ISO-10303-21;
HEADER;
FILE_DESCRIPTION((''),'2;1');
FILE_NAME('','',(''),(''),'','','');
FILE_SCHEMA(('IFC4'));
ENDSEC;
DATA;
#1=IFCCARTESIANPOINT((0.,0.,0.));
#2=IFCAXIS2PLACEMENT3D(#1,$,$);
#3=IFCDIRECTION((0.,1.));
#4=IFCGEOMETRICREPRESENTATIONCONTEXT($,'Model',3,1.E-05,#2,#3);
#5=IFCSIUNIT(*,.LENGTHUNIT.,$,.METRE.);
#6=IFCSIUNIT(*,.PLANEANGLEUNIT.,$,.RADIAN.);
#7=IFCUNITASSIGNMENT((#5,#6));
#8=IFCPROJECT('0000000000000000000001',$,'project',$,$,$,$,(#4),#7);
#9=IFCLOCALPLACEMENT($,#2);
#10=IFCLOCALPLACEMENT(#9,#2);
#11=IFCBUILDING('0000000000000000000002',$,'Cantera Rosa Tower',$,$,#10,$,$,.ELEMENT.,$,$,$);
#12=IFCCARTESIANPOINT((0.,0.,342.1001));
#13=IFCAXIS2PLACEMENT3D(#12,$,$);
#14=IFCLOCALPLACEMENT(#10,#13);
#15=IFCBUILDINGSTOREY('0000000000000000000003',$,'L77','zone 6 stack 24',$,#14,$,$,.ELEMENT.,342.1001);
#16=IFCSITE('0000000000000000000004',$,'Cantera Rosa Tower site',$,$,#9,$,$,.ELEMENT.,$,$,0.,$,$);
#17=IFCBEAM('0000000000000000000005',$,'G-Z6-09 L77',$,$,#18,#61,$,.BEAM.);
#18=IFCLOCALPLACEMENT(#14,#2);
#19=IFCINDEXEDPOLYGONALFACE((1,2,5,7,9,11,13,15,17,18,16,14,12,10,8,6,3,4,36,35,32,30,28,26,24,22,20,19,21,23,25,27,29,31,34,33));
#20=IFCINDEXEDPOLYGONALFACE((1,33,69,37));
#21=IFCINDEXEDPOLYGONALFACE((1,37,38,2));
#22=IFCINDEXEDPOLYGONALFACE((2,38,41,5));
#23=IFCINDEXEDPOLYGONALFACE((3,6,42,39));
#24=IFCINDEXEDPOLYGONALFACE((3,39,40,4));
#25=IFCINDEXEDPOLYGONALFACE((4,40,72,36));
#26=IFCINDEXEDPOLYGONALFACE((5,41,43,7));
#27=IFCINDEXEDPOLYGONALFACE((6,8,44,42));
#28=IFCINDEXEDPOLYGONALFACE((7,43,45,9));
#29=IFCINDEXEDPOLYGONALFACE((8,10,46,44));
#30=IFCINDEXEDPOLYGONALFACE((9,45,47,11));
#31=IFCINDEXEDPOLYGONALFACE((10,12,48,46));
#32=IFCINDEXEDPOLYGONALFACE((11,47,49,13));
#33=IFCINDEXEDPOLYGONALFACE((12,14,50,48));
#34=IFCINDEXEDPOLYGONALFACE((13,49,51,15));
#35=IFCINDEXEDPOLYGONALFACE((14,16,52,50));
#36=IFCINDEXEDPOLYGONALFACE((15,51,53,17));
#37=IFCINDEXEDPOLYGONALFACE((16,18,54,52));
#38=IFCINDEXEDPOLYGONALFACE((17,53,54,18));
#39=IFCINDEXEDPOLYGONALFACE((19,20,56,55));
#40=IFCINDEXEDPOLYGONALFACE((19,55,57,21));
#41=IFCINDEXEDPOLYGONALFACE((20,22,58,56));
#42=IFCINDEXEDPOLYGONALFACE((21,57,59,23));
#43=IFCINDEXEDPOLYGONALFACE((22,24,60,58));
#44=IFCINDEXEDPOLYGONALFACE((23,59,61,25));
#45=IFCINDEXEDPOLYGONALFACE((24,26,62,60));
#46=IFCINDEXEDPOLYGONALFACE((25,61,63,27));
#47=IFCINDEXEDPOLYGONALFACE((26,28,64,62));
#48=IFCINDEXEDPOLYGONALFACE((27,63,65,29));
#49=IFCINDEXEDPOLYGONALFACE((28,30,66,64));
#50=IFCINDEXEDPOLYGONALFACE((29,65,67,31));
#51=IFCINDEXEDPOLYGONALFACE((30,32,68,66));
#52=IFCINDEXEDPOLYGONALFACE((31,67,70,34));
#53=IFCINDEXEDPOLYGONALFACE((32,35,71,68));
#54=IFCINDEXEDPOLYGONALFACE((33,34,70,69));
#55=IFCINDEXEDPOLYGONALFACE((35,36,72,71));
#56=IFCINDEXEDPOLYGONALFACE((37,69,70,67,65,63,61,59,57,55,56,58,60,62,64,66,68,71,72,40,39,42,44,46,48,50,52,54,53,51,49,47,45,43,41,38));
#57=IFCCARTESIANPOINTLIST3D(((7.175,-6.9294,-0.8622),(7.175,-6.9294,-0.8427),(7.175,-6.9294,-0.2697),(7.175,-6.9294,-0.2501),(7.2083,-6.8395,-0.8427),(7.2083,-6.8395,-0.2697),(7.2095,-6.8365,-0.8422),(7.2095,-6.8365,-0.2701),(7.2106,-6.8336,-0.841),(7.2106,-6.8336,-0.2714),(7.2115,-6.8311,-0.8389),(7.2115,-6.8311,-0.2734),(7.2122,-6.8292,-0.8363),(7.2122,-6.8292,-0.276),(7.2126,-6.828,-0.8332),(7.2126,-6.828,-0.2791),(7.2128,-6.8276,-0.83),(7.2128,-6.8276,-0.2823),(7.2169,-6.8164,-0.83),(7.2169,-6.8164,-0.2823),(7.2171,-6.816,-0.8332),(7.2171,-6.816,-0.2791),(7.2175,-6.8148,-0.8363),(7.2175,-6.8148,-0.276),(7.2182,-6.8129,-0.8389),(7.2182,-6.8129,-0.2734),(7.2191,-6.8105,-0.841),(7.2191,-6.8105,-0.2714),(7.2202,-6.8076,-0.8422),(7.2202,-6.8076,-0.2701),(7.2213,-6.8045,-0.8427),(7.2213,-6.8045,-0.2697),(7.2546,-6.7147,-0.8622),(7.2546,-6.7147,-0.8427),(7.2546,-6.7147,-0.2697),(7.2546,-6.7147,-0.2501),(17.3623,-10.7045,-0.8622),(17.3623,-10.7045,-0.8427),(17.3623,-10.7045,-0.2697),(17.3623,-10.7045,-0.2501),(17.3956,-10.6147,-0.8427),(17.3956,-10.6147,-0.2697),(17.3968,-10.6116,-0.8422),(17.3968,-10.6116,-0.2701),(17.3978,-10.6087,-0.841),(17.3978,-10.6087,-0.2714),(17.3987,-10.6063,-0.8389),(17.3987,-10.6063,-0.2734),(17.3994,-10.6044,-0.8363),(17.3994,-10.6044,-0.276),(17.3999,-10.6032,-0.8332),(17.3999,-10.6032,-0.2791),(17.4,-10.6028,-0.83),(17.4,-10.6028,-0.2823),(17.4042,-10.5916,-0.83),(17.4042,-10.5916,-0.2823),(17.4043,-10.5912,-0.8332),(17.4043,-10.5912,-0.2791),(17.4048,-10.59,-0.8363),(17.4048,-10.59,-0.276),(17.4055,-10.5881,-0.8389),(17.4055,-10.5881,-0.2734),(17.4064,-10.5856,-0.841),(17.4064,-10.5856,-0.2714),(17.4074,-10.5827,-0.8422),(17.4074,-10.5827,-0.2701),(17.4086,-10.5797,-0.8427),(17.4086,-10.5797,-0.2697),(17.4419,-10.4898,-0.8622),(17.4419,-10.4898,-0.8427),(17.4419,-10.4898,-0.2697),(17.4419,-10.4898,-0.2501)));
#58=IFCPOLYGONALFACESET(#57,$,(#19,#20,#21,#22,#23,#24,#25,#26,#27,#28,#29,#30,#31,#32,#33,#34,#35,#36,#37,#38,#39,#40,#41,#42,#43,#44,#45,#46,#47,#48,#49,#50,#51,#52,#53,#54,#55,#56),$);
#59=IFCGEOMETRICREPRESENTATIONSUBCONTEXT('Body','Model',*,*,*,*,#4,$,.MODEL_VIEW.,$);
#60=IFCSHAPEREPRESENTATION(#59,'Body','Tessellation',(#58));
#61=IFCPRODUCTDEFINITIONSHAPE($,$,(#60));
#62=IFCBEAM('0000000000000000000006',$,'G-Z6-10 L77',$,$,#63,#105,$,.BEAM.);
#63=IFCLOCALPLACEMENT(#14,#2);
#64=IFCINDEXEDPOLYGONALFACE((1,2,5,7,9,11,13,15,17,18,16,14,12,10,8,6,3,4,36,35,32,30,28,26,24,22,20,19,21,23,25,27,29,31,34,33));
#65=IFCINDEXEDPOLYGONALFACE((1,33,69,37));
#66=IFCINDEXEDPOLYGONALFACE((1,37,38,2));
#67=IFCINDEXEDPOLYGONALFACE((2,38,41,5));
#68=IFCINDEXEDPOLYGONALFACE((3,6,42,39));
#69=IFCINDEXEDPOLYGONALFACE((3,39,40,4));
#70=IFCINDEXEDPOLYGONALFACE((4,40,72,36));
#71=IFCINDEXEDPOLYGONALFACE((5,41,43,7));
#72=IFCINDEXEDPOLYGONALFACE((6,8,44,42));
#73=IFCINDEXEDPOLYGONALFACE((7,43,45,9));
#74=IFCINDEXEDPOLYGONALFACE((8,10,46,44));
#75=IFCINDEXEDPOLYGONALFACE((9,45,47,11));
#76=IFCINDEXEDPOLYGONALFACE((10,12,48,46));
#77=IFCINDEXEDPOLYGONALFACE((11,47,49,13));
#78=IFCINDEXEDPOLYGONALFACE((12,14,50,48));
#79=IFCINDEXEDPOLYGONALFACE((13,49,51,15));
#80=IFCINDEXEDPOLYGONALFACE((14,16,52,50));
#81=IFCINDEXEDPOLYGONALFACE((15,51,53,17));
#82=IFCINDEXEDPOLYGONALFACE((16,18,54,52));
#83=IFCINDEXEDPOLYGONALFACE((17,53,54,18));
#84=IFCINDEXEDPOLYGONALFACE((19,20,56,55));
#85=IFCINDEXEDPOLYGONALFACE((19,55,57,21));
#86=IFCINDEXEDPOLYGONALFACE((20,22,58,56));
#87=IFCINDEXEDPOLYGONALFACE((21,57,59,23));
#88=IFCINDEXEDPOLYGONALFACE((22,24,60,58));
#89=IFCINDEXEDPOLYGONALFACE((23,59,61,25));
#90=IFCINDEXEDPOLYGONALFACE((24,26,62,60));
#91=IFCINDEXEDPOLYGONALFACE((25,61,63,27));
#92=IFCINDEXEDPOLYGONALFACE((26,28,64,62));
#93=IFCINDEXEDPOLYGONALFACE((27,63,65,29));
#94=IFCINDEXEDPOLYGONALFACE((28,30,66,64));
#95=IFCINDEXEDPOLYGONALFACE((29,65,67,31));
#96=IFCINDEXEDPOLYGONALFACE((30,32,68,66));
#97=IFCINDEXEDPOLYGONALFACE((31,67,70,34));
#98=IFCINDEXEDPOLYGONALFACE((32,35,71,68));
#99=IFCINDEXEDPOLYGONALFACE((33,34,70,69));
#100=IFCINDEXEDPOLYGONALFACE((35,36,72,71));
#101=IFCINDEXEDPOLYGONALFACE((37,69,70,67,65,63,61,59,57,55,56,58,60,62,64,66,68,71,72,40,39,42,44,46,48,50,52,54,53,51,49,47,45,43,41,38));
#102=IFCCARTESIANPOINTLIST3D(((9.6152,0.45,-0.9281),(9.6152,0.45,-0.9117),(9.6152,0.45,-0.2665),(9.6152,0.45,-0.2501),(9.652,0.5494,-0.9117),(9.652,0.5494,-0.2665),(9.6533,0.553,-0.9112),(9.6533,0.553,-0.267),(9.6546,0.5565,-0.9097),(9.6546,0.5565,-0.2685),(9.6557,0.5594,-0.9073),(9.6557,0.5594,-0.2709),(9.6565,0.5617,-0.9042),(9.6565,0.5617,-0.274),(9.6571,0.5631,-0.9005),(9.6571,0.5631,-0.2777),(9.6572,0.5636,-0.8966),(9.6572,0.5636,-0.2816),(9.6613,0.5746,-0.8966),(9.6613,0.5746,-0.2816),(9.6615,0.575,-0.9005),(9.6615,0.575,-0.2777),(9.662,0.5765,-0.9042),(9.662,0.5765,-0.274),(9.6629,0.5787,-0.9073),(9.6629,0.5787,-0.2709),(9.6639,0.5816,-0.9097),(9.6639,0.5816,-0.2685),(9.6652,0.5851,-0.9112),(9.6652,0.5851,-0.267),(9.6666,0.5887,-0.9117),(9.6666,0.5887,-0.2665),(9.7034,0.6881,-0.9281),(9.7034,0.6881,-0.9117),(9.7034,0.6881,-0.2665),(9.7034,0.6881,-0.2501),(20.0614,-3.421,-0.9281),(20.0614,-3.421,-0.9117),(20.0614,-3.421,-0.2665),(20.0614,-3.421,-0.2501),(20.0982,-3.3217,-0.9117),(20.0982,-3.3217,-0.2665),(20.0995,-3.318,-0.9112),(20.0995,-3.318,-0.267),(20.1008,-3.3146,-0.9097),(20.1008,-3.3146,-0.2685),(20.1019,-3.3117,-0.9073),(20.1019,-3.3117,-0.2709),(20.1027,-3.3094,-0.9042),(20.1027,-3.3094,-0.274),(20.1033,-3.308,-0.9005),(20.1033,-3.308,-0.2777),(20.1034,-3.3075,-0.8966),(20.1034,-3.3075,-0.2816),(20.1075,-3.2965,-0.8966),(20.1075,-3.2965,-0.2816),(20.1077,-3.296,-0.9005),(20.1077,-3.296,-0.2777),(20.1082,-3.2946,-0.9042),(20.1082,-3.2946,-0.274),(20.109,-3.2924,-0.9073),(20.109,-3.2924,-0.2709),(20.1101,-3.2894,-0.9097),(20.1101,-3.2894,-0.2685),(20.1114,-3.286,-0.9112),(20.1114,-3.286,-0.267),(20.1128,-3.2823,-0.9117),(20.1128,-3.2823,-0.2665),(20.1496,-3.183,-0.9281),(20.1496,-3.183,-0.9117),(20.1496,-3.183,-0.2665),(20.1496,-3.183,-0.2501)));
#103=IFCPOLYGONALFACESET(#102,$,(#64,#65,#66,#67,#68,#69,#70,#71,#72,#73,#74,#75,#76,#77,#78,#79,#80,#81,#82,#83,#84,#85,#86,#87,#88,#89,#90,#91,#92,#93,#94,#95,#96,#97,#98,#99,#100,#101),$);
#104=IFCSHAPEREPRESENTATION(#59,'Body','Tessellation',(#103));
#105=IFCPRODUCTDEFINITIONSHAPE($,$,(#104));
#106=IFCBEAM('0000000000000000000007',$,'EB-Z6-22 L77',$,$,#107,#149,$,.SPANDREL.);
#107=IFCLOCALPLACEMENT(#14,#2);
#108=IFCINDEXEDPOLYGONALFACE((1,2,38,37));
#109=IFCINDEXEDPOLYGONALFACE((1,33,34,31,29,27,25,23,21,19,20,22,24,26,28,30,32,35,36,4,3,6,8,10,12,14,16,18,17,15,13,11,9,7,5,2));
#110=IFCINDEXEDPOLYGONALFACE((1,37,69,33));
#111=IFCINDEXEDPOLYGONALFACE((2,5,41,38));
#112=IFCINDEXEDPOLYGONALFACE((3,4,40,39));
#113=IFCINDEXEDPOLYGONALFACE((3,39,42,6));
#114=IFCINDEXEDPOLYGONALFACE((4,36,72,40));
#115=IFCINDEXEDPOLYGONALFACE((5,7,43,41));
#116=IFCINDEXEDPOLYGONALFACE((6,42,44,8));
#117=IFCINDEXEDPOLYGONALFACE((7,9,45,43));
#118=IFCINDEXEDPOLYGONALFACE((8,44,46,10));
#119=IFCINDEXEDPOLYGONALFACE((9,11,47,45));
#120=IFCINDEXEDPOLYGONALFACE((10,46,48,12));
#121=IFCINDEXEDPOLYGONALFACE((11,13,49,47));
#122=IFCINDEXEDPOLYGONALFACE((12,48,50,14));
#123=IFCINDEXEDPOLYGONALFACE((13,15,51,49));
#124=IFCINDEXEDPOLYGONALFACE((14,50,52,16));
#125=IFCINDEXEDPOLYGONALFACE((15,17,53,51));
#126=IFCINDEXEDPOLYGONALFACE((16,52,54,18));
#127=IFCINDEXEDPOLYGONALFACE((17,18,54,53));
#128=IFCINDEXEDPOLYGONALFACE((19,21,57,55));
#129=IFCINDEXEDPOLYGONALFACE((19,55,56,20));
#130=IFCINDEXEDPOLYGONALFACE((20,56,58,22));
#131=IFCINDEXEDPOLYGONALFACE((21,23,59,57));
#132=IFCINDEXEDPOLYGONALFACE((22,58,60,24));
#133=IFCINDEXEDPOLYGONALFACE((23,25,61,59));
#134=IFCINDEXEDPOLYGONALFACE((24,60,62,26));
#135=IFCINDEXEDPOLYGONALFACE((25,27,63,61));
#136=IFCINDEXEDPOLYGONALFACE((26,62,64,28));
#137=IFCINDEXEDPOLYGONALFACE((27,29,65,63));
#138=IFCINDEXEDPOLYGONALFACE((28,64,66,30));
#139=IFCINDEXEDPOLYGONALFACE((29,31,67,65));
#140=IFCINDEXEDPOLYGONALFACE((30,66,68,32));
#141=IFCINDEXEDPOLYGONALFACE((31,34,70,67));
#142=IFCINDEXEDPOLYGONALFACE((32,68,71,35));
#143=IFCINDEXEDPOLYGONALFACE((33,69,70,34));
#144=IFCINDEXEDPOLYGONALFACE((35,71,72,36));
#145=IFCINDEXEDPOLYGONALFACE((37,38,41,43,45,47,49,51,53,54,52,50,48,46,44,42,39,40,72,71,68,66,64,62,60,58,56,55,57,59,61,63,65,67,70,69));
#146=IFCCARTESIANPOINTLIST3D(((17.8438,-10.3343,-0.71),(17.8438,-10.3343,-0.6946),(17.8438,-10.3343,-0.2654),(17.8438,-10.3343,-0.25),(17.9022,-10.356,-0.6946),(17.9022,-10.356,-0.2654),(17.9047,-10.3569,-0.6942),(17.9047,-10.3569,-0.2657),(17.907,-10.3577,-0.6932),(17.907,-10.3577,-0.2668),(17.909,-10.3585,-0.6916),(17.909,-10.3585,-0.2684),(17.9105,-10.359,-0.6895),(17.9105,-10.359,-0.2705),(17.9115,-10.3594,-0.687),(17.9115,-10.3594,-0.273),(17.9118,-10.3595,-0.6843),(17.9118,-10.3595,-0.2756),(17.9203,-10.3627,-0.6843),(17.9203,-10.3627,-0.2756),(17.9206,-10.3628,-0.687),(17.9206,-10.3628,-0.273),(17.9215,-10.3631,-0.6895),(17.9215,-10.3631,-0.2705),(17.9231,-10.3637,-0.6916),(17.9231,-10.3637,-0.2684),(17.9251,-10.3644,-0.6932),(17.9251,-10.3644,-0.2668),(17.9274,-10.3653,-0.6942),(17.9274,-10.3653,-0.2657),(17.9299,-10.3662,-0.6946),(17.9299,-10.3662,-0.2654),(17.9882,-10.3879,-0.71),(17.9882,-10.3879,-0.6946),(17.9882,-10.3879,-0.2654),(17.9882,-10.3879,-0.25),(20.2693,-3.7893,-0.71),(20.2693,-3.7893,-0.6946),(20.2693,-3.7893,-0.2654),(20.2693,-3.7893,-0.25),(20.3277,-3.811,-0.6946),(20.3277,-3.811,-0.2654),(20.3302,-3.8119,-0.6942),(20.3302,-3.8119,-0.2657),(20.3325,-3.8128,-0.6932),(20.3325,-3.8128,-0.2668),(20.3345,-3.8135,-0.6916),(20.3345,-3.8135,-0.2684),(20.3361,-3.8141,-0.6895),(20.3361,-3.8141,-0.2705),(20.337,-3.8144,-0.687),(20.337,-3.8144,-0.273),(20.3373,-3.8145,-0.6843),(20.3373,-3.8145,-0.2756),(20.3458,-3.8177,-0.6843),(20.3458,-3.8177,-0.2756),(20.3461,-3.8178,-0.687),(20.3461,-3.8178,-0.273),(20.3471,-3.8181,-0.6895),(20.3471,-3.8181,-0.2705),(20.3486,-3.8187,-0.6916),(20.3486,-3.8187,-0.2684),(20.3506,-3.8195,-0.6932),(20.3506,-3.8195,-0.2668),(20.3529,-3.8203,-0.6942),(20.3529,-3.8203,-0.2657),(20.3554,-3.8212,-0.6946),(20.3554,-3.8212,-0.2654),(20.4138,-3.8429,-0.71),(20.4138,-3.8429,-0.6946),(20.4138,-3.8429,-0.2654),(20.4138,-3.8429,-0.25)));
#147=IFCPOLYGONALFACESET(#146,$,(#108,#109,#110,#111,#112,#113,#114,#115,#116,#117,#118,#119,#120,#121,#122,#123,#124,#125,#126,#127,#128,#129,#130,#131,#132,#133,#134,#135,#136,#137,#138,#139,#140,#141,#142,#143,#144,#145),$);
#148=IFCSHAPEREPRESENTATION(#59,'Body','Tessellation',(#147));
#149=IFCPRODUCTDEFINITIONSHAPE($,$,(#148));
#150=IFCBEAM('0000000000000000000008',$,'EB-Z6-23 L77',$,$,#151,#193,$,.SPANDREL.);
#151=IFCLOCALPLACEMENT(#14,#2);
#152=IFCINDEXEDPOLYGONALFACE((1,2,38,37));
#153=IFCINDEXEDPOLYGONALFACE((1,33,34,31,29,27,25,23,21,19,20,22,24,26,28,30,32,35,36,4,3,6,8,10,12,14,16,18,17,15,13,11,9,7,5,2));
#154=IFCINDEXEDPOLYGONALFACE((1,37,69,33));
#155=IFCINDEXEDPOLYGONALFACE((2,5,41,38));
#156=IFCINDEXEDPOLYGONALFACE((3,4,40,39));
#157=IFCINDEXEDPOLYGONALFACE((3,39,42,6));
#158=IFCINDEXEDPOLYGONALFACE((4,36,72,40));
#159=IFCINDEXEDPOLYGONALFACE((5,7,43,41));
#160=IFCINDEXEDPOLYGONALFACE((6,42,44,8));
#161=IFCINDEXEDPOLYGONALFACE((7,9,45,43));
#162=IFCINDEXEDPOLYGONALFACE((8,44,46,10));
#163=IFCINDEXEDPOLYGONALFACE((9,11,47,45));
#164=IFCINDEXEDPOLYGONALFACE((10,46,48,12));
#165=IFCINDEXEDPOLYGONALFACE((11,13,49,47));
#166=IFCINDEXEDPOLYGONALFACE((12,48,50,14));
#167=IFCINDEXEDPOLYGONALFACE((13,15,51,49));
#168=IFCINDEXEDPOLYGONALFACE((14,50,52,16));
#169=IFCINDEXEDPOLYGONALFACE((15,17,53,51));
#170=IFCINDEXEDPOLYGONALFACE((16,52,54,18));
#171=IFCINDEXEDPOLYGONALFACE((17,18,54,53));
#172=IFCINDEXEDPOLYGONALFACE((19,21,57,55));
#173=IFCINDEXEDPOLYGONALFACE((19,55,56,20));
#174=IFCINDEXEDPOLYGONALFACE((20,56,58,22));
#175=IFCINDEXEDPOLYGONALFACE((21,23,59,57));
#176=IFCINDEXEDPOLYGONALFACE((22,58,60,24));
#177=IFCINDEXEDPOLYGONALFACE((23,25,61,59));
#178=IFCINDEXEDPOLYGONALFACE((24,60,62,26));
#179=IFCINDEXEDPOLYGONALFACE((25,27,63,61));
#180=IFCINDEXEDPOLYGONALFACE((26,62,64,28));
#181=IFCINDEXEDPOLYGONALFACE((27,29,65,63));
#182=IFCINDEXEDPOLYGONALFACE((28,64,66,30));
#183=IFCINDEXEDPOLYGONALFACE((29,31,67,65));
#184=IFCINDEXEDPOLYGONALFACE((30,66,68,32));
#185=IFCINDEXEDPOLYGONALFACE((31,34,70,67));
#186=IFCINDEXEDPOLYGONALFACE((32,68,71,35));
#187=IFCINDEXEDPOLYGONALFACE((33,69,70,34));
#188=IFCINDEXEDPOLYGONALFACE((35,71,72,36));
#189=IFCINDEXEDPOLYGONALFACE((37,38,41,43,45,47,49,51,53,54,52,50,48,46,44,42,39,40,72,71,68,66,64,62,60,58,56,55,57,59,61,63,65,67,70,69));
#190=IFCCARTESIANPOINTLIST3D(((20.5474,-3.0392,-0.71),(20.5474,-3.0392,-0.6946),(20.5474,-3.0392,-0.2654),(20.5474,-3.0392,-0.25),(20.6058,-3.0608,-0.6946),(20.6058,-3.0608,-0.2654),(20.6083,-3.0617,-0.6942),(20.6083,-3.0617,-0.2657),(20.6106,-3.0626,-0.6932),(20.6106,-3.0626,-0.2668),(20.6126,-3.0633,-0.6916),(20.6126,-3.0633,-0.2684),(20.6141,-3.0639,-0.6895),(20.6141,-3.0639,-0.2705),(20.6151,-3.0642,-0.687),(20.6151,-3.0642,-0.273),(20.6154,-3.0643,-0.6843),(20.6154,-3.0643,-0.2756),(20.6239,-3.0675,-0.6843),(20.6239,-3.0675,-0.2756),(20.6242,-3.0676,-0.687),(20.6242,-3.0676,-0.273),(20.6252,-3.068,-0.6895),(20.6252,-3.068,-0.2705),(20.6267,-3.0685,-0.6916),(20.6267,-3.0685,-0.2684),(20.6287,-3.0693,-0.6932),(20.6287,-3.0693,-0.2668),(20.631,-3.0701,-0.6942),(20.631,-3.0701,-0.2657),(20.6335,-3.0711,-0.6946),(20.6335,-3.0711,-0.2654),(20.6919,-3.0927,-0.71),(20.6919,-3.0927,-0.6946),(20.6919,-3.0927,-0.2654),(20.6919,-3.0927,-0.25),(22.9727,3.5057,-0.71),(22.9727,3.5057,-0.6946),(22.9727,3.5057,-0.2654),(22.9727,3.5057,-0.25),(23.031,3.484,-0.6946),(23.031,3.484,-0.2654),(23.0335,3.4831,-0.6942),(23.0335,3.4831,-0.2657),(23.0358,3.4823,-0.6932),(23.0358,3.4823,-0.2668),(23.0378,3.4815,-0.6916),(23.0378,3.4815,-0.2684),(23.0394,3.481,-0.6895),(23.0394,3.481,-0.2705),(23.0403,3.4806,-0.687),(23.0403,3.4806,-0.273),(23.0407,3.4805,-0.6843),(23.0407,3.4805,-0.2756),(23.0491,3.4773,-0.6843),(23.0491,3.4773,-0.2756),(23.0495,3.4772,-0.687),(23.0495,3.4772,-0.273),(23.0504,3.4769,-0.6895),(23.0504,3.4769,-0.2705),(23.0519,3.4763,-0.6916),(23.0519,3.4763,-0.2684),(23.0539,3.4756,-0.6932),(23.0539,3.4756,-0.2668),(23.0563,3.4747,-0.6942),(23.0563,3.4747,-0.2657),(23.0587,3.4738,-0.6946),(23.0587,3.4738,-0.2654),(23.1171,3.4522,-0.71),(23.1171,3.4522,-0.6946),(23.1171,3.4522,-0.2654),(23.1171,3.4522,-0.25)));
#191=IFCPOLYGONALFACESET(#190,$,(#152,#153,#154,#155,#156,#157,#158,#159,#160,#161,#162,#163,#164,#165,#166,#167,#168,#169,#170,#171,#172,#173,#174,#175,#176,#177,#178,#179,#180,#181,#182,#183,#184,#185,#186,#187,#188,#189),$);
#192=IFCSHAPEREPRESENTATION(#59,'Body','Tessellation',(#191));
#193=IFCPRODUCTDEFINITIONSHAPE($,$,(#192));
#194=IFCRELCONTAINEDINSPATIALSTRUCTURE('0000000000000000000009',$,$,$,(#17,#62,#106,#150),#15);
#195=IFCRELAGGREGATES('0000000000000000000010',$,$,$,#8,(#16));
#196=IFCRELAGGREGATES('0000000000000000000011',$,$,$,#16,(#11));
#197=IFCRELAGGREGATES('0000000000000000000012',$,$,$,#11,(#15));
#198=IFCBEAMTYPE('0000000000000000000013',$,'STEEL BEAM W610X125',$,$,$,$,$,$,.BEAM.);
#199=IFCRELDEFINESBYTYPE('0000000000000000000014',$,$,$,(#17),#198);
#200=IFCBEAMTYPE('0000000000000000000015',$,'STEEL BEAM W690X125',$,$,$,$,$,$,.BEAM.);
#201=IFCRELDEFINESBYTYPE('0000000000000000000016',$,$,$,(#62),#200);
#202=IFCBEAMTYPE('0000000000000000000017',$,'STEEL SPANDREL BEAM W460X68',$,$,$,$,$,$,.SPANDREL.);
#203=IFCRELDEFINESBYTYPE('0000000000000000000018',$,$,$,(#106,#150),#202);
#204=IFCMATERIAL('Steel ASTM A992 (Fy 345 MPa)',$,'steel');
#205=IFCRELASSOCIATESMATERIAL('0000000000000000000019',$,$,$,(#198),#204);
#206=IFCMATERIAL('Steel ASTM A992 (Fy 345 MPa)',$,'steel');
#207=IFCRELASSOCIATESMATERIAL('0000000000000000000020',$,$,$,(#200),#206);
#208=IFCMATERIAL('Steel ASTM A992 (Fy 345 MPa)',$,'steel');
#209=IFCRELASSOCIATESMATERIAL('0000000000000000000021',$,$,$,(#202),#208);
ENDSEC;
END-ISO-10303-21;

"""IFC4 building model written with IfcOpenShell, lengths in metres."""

from ifc_helpers import new_model, si_unit, direction, frame, origin, origin_2d, place, context, subcontext, project, spatial, i_section, extrude, material, material_profile, profile_set, type_object, element, save


model = new_model("IFC4")

# Units and contexts
model_context = context("Model", 3, precision=1e-05, world=origin(), true_north=direction((0.0, 1.0)))
body_context = subcontext(model_context, "Body", "Model", "MODEL_VIEW")
ifc_project = project(units=[si_unit("LENGTHUNIT", "METRE"), si_unit("PLANEANGLEUNIT", "RADIAN")], contexts=[model_context])

# Site, building, storey
site_placement = place(None, origin())
site = spatial("IfcSite", under=ifc_project, at=site_placement, Name="Cantera Rosa Tower site", CompositionType="ELEMENT", RefElevation=0.0)
building_placement = place(site_placement, origin())
building = spatial("IfcBuilding", under=site, at=building_placement, Name="Cantera Rosa Tower", CompositionType="ELEMENT")
storey_placement = place(building_placement, frame((0.0, 0.0, 342.1001)))
storey = spatial("IfcBuildingStorey", under=building, at=storey_placement, Name="L77", Description="zone 6 stack 24", CompositionType="ELEMENT", Elevation=342.1001)

# Beams
ifc_material_1 = material(Name="Steel ASTM A992 (Fy 345 MPa)", Category="steel")
ifc_material_profile_1 = material_profile(ifc_material_1, i_section(OverallWidth=0.229, OverallDepth=0.6121, WebThickness=0.012, FlangeThickness=0.0195, FilletRadius=0.0127, at=origin_2d()), Name="W610X125")
ifc_profile_set_1 = profile_set([ifc_material_profile_1], Name="Steel ASTM A992 (Fy 345 MPa)")
beam_type_1 = type_object("IfcBeamType", Name="STEEL BEAM W610X125", PredefinedType="BEAM", material=ifc_profile_set_1)
beam_1_placement = place(storey_placement, frame((17.4021, -10.5972, -0.5562), z_axis=(-0.937686, 0.347483, 0.0), x_axis=(-0.347483, -0.937686, 0.0)))
element("IfcBeam", 1, at=beam_1_placement, inside=storey, type_object=beam_type_1, Name="G-Z6-09 L77", PredefinedType="BEAM", context=body_context, shape_type="SweptSolid", body=[
    extrude(i_section(OverallWidth=0.229, OverallDepth=0.6121, WebThickness=0.012, FlangeThickness=0.0195, FilletRadius=0.0127, at=origin_2d()), origin(), (0.0, 0.0, 1.0), 10.8643),
])
ifc_material_2 = material(Name="Steel ASTM A992 (Fy 345 MPa)", Category="steel")
ifc_material_profile_2 = material_profile(ifc_material_2, i_section(OverallWidth=0.2539, OverallDepth=0.678, WebThickness=0.0117, FlangeThickness=0.0164, FilletRadius=0.0151, at=origin_2d()), Name="W690X125")
ifc_profile_set_2 = profile_set([ifc_material_profile_2], Name="Steel ASTM A992 (Fy 345 MPa)")
beam_type_2 = type_object("IfcBeamType", Name="STEEL BEAM W690X125", PredefinedType="BEAM", material=ifc_profile_set_2)
beam_2_placement = place(storey_placement, frame((20.1055, -3.302, -0.5891), z_axis=(-0.937687, 0.34748, 0.0), x_axis=(-0.34748, -0.937687, 0.0)))
element("IfcBeam", 2, at=beam_2_placement, inside=storey, type_object=beam_type_2, Name="G-Z6-10 L77", PredefinedType="BEAM", context=body_context, shape_type="SweptSolid", body=[
    extrude(i_section(OverallWidth=0.2539, OverallDepth=0.678, WebThickness=0.0117, FlangeThickness=0.0164, FilletRadius=0.0151, at=origin_2d()), origin(), (0.0, 0.0, 1.0), 11.1404),
])
ifc_material_3 = material(Name="Steel ASTM A992 (Fy 345 MPa)", Category="steel")
ifc_material_profile_3 = material_profile(ifc_material_3, i_section(OverallWidth=0.1541, OverallDepth=0.46, WebThickness=0.009, FlangeThickness=0.0154, FilletRadius=0.0103, at=origin_2d()), Name="W460X68")
ifc_profile_set_3 = profile_set([ifc_material_profile_3], Name="Steel ASTM A992 (Fy 345 MPa)")
beam_type_3 = type_object("IfcBeamType", Name="STEEL SPANDREL BEAM W460X68", PredefinedType="SPANDREL", material=ifc_profile_set_3)
beam_3_placement = place(storey_placement, frame((17.916, -10.3611, -0.48), z_axis=(0.347502, 0.937679, 0.0), x_axis=(-0.937679, 0.347502, 0.0)))
element("IfcBeam", 3, at=beam_3_placement, inside=storey, type_object=beam_type_3, Name="EB-Z6-22 L77", PredefinedType="SPANDREL", context=body_context, shape_type="SweptSolid", body=[
    extrude(i_section(OverallWidth=0.1541, OverallDepth=0.46, WebThickness=0.009, FlangeThickness=0.0154, FilletRadius=0.0103, at=origin_2d()), origin(), (0.0, 0.0, 1.0), 6.98),
])
beam_4_placement = place(storey_placement, frame((20.6196, -3.0659, -0.48), z_axis=(0.347472, 0.937691, 0.0), x_axis=(-0.937691, 0.347472, 0.0)))
element("IfcBeam", 4, at=beam_4_placement, inside=storey, type_object=beam_type_3, Name="EB-Z6-23 L77", PredefinedType="SPANDREL", context=body_context, shape_type="SweptSolid", body=[
    extrude(i_section(OverallWidth=0.1541, OverallDepth=0.46, WebThickness=0.009, FlangeThickness=0.0154, FilletRadius=0.0103, at=origin_2d()), origin(), (0.0, 0.0, 1.0), 6.9797),
])

save(model, "model.ifc")
